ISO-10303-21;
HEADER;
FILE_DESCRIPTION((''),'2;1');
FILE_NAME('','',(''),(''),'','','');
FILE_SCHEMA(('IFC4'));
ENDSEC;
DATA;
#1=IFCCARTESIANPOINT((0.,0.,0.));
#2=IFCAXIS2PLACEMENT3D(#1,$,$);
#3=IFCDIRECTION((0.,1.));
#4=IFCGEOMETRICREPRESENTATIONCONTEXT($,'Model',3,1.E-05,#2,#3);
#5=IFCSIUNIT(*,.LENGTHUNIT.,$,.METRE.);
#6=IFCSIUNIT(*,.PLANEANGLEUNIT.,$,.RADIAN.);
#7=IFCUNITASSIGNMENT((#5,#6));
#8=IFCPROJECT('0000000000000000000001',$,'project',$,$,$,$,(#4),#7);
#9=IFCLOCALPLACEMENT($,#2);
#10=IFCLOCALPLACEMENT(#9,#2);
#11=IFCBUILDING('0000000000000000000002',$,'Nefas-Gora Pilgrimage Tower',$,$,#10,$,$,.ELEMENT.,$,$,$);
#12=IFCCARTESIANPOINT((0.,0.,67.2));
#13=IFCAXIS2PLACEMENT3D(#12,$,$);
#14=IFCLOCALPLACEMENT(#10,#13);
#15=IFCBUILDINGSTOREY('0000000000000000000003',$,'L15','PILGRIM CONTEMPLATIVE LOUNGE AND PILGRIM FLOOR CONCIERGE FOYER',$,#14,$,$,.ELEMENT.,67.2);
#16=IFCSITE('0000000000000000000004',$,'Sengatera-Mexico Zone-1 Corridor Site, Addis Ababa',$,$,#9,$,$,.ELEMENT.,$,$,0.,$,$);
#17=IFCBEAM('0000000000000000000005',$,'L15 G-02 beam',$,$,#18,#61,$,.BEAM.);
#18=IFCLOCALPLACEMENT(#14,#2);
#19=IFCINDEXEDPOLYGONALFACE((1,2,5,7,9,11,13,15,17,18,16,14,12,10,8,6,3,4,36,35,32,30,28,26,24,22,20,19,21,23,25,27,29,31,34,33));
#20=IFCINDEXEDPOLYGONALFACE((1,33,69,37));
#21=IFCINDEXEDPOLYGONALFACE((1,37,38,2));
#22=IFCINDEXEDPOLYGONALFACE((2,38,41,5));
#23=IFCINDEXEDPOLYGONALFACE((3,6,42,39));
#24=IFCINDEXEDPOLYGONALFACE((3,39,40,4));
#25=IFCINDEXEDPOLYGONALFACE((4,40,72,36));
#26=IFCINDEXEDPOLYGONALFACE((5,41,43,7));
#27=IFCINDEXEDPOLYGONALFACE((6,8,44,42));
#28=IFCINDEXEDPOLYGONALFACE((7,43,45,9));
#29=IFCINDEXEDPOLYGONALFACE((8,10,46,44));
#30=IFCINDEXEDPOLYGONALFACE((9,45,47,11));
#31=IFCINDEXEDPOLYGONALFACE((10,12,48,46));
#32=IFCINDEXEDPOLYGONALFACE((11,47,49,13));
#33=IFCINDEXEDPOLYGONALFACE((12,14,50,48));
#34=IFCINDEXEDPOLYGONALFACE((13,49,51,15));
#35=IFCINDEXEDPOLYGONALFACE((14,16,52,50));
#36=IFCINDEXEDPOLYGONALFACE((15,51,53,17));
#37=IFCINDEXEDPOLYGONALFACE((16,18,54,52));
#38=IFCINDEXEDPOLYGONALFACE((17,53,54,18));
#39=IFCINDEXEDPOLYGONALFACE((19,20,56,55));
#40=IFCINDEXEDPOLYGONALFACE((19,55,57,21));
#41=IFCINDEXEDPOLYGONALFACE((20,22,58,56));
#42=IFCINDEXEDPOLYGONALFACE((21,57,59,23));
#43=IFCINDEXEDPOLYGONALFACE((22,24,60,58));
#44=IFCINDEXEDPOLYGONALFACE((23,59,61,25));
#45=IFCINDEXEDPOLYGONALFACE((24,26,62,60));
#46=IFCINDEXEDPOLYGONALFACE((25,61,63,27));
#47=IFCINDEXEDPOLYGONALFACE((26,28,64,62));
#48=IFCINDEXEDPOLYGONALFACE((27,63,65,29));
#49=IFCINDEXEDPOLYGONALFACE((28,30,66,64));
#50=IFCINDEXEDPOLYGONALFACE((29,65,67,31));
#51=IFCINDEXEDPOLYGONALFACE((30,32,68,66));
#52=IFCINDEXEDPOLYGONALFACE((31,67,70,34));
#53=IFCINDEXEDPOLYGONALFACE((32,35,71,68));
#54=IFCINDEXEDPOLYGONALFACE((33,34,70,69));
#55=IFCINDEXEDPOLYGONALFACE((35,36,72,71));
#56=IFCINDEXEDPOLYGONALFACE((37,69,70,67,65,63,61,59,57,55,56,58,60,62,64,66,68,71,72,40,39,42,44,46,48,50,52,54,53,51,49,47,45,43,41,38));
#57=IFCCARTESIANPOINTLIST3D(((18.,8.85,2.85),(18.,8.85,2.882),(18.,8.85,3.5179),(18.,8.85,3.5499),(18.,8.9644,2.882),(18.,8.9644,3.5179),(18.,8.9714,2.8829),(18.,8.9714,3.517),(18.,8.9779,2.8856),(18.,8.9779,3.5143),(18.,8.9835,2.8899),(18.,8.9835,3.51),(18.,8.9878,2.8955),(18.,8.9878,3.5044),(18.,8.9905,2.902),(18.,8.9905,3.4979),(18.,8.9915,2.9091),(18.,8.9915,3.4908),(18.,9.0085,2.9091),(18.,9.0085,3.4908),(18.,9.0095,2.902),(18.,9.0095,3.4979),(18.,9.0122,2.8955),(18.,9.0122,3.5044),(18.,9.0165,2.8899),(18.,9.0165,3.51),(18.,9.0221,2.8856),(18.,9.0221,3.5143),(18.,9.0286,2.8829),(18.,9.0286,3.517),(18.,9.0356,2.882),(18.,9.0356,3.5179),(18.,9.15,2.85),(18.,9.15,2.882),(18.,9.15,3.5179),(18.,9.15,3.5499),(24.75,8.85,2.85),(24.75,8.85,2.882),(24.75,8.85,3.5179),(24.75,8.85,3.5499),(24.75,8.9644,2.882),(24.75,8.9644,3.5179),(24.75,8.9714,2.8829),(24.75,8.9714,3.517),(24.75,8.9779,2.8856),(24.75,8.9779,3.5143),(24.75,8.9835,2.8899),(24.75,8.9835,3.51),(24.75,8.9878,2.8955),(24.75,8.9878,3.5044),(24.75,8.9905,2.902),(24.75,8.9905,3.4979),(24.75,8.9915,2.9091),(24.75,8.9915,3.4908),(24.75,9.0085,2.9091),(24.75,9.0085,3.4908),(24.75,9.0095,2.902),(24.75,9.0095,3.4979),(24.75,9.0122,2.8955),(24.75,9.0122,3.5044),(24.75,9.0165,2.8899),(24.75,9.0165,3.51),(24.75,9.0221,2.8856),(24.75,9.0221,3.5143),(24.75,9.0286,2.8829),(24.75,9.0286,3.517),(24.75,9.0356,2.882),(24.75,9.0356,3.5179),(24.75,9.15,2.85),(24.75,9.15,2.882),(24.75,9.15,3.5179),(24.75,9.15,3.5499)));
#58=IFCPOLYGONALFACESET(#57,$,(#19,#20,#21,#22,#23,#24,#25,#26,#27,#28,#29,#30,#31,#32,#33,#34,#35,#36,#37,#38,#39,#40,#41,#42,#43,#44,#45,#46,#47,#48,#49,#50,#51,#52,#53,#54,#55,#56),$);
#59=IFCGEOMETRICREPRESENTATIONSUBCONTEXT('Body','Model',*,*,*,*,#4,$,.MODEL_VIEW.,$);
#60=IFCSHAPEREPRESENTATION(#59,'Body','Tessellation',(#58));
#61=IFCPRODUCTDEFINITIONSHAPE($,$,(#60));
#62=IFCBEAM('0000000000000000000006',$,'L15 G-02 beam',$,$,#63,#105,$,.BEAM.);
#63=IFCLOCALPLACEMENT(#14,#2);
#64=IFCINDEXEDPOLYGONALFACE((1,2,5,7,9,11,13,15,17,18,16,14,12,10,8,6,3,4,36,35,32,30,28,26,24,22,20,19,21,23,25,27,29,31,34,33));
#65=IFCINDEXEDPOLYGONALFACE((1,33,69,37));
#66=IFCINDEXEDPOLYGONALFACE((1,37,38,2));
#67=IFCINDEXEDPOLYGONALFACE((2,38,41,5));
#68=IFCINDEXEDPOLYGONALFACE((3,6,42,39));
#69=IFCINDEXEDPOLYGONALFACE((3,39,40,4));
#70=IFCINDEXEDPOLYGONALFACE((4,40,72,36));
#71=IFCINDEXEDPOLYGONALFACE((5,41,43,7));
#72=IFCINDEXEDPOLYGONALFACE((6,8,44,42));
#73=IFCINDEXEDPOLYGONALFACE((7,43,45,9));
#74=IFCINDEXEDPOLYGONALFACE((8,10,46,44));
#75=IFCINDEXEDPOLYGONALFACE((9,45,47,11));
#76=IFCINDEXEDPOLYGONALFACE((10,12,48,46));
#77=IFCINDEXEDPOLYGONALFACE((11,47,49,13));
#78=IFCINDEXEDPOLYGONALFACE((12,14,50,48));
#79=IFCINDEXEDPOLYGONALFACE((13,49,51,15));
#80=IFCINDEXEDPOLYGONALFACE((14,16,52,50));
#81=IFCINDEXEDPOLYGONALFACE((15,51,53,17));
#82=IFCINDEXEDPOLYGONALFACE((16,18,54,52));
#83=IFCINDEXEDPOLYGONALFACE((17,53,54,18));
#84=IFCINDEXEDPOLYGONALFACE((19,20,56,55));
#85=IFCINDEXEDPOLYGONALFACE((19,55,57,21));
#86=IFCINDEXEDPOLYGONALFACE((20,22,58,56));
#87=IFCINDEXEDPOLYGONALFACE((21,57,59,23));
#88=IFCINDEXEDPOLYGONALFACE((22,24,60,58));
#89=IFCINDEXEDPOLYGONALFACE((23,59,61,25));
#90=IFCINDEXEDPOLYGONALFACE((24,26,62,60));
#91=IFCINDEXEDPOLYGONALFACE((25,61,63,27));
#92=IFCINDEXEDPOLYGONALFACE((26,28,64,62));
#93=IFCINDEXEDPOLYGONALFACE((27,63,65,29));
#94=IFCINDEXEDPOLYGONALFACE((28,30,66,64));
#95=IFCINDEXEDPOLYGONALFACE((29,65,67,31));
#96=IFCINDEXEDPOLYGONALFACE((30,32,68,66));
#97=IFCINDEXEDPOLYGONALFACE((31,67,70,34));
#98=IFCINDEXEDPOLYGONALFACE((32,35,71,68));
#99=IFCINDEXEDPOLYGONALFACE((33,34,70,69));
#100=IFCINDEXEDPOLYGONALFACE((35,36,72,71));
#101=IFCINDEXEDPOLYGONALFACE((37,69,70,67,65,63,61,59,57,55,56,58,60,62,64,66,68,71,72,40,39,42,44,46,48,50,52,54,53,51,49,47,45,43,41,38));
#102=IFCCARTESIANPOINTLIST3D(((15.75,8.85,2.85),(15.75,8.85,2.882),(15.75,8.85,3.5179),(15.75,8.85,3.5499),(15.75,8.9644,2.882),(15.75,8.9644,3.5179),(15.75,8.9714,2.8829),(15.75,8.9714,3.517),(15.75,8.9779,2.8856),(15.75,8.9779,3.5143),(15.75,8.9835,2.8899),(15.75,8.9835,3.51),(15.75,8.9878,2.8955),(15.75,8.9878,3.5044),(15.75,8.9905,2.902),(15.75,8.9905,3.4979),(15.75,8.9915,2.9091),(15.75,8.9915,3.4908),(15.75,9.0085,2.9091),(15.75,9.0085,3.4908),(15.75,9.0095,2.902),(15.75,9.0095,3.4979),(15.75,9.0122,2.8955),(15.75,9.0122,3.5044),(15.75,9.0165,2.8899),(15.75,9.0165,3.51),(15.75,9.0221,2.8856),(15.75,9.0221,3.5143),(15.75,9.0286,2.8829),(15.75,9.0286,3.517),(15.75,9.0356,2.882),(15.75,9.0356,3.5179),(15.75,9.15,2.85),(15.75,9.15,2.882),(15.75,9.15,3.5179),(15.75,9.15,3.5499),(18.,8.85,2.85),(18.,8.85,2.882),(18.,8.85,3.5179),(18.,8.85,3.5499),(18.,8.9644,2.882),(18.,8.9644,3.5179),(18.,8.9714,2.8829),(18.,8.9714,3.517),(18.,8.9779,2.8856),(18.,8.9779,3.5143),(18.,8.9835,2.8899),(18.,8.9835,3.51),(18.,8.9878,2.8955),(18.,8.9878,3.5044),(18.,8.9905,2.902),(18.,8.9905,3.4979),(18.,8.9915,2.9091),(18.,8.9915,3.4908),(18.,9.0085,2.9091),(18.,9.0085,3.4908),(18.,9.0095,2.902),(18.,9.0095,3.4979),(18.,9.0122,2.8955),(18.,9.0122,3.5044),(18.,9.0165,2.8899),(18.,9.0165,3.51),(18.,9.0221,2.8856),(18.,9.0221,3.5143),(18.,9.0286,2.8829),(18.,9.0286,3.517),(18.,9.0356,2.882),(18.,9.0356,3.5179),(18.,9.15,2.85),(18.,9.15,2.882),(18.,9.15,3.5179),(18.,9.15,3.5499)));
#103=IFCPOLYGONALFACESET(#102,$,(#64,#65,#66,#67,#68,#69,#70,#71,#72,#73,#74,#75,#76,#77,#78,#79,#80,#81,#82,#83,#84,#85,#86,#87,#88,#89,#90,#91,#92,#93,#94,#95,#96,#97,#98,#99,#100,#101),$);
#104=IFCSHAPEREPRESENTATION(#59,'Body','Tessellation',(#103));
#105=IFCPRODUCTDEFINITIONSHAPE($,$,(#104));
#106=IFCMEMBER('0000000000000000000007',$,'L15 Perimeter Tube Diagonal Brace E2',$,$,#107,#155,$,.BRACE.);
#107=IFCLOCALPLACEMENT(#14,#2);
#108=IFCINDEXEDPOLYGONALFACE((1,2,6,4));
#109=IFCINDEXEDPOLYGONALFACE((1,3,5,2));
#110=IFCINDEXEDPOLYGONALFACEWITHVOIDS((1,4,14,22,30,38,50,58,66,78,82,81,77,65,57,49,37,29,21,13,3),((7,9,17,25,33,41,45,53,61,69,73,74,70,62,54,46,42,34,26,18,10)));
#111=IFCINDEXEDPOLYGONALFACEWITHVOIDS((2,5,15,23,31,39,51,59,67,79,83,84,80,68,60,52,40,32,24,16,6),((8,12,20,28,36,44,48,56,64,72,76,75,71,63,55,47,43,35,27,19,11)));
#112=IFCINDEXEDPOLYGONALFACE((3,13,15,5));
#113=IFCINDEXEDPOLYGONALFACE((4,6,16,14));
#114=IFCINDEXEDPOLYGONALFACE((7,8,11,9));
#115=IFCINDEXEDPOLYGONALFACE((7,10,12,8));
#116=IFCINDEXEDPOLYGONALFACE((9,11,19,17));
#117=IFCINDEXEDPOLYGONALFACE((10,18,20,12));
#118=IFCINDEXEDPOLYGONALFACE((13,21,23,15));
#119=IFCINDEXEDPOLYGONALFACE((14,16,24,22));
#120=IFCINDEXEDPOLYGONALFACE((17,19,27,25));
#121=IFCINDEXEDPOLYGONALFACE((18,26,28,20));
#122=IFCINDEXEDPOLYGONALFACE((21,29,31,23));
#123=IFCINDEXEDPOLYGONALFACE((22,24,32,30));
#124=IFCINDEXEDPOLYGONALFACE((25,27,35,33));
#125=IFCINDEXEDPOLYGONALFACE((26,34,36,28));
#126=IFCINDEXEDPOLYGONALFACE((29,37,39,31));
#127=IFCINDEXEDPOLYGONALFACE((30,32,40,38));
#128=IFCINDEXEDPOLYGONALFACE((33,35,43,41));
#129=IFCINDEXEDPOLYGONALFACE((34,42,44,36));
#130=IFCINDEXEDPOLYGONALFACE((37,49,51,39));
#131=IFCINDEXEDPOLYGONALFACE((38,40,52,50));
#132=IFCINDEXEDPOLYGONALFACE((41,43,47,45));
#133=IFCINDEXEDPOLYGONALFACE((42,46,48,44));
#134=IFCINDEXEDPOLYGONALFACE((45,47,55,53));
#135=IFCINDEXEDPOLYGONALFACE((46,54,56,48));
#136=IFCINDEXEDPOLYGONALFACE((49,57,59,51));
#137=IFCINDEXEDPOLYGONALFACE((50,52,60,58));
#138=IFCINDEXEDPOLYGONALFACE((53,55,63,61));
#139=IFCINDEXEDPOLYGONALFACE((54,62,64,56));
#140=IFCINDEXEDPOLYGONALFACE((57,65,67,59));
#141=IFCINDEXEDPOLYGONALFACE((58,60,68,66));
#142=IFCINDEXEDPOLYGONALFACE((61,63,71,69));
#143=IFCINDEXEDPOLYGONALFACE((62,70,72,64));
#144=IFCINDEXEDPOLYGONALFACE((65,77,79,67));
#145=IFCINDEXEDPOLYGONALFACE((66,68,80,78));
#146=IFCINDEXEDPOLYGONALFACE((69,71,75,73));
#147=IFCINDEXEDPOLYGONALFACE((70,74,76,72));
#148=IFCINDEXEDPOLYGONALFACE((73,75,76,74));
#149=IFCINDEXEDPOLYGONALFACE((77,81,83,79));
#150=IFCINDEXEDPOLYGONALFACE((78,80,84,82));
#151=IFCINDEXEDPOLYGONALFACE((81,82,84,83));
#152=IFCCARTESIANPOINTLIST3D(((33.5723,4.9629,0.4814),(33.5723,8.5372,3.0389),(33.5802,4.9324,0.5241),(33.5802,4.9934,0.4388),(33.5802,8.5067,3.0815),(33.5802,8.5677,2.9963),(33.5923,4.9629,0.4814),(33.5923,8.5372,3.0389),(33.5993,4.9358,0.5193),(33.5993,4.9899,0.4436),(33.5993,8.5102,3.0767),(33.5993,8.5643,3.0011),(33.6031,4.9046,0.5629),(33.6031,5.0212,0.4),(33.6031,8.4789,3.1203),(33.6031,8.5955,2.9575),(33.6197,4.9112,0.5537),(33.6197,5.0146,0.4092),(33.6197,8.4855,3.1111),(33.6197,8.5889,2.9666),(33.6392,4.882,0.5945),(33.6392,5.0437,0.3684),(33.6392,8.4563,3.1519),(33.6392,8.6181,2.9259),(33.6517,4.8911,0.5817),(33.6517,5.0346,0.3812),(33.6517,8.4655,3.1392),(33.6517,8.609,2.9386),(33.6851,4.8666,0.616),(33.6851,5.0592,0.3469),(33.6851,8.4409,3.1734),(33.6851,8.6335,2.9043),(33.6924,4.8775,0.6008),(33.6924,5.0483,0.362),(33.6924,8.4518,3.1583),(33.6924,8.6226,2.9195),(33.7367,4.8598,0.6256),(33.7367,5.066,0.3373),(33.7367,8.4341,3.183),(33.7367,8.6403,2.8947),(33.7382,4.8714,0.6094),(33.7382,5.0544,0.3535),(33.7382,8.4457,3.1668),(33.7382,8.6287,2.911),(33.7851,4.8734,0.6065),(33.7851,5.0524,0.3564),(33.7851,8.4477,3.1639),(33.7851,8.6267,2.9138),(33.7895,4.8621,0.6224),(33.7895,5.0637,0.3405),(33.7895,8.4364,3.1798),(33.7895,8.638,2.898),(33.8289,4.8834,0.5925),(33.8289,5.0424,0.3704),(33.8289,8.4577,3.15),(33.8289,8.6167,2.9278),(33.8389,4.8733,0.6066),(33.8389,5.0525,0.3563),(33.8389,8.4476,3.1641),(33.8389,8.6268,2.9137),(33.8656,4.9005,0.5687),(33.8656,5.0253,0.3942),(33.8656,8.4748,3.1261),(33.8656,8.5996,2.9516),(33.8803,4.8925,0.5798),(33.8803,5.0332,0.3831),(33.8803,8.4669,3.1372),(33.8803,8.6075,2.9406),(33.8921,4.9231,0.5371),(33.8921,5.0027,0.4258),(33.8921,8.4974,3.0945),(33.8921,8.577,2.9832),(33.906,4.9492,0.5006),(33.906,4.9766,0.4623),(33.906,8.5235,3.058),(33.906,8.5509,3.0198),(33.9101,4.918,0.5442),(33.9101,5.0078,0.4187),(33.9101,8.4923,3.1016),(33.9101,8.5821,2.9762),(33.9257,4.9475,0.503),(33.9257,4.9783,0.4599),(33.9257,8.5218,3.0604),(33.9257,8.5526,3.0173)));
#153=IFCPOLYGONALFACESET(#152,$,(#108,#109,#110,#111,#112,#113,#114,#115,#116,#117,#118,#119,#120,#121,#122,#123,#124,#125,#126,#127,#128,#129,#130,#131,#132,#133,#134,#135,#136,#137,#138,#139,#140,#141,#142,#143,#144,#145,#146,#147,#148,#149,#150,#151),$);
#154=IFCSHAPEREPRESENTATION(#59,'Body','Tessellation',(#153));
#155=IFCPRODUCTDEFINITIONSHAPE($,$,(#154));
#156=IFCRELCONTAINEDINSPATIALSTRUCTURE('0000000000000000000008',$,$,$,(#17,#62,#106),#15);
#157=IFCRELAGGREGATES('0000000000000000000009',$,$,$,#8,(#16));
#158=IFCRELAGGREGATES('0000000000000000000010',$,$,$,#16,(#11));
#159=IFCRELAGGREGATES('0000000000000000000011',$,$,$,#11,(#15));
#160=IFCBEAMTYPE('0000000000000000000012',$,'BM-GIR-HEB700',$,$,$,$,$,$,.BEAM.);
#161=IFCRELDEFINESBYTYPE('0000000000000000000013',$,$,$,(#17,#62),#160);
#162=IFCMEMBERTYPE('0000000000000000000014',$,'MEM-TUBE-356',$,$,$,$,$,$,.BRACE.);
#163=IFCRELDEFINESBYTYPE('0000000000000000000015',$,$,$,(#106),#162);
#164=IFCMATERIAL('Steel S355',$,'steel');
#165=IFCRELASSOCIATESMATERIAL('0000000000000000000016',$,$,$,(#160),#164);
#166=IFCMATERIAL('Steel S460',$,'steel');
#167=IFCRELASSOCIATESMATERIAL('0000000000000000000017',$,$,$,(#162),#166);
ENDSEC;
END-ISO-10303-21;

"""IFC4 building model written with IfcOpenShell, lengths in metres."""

from ifc_helpers import new_model, si_unit, direction, frame, origin, origin_2d, place, context, subcontext, project, spatial, hollow_circle, i_section, extrude, source, transform, mapped, material, material_profile, profile_set, type_object, element, save


model = new_model("IFC4")

# Units and contexts
model_context = context("Model", 3, precision=1e-05, world=origin(), true_north=direction((0.0, 1.0)))
body_context = subcontext(model_context, "Body", "Model", "MODEL_VIEW")
ifc_project = project(units=[si_unit("LENGTHUNIT", "METRE"), si_unit("PLANEANGLEUNIT", "RADIAN")], contexts=[model_context])

# Site, building, storey
site_placement = place(None, origin())
site = spatial("IfcSite", under=ifc_project, at=site_placement, Name="Sengatera-Mexico Zone-1 Corridor Site, Addis Ababa", CompositionType="ELEMENT", RefElevation=0.0)
building_placement = place(site_placement, origin())
building = spatial("IfcBuilding", under=site, at=building_placement, Name="Nefas-Gora Pilgrimage Tower", CompositionType="ELEMENT")
storey_placement = place(building_placement, frame((0.0, 0.0, 67.2)))
storey = spatial("IfcBuildingStorey", under=building, at=storey_placement, Name="L15", Description="PILGRIM CONTEMPLATIVE LOUNGE AND PILGRIM FLOOR CONCIERGE FOYER", CompositionType="ELEMENT", Elevation=67.2)

# Shared definitions
ifc_material_1 = material(Name="Steel S460", Category="steel")

# Beams
ifc_material_2 = material(Name="Steel S355", Category="steel")
ifc_material_profile_1 = material_profile(ifc_material_2, i_section(OverallWidth=0.3, OverallDepth=0.7, WebThickness=0.0171, FlangeThickness=0.032, FilletRadius=0.0271, at=origin_2d()), Name="HEB 700")
ifc_profile_set_1 = profile_set([ifc_material_profile_1], Name="Steel S355")
beam_type_1 = type_object("IfcBeamType", Name="BM-GIR-HEB700", PredefinedType="BEAM", material=ifc_profile_set_1)
shared_shape_1 = source(origin(), body_context, "Body", "SweptSolid", [
    extrude(i_section(OverallWidth=0.3, OverallDepth=0.7, WebThickness=0.0171, FlangeThickness=0.032, FilletRadius=0.0271, at=origin_2d()), origin(), (0.0, 0.0, 1.0), 6.75),
])
for number, where, z_axis, x_axis, name in (
    (1, (18.0, 9.0, 3.2), (1.0, 0.0, 0.0), (0.0, 1.0, 0.0), "L15 G-02 beam"),
):
    element("IfcBeam", number, at=place(storey_placement, frame(where, z_axis=z_axis, x_axis=x_axis)), inside=storey, type_object=beam_type_1, Name=name, PredefinedType="BEAM", context=body_context, shape_type="MappedRepresentation", body=[
        mapped(shared_shape_1, transform((0.0, 0.0, 0.0), x_axis=(1.0, 0.0, 0.0), y_axis=(0.0, 1.0, 0.0), z_axis=(0.0, 0.0, 1.0), scale=1.0)),
    ])
shared_shape_2 = source(origin(), body_context, "Body", "SweptSolid", [
    extrude(i_section(OverallWidth=0.3, OverallDepth=0.7, WebThickness=0.0171, FlangeThickness=0.032, FilletRadius=0.0271, at=origin_2d()), origin(), (0.0, 0.0, 1.0), 2.25),
])
beam_placement = place(storey_placement, frame((15.75, 9.0, 3.2), z_axis=(1.0, 0.0, 0.0), x_axis=(0.0, 1.0, 0.0)))
element("IfcBeam", 2, at=beam_placement, inside=storey, type_object=beam_type_1, Name="L15 G-02 beam", PredefinedType="BEAM", context=body_context, shape_type="MappedRepresentation", body=[
    mapped(shared_shape_2, transform((0.0, 0.0, 0.0), x_axis=(1.0, 0.0, 0.0), y_axis=(0.0, 1.0, 0.0), z_axis=(0.0, 0.0, 1.0), scale=1.0)),
])

# Member
ifc_material_profile_2 = material_profile(ifc_material_1, hollow_circle(Radius=0.1777, WallThickness=0.02, at=origin_2d()), Name="CHS 355.6x20")
ifc_profile_set_2 = profile_set([ifc_material_profile_2], Name="Steel S460")
member_type_1 = type_object("IfcMemberType", Name="MEM-TUBE-356", PredefinedType="BRACE", material=ifc_profile_set_2)
shared_shape_3 = source(origin(), body_context, "Body", "SweptSolid", [
    extrude(hollow_circle(Radius=0.1777, WallThickness=0.02, at=origin_2d()), origin(), (0.0, 0.0, 1.0), 4.395),
])
member_1_placement = place(storey_placement, frame((33.75, 4.9629, 0.4814), z_axis=(0.0, 0.813264, 0.581895), x_axis=(-1.0, 0.0, 0.0)))
element("IfcMember", 3, at=member_1_placement, inside=storey, type_object=member_type_1, Name="L15 Perimeter Tube Diagonal Brace E2", PredefinedType="BRACE", context=body_context, shape_type="MappedRepresentation", body=[
    mapped(shared_shape_3, transform((0.0, 0.0, 0.0), x_axis=(1.0, 0.0, 0.0), y_axis=(0.0, 1.0, 0.0), z_axis=(0.0, 0.0, 1.0), scale=1.0)),
])

save(model, "model.ifc")
